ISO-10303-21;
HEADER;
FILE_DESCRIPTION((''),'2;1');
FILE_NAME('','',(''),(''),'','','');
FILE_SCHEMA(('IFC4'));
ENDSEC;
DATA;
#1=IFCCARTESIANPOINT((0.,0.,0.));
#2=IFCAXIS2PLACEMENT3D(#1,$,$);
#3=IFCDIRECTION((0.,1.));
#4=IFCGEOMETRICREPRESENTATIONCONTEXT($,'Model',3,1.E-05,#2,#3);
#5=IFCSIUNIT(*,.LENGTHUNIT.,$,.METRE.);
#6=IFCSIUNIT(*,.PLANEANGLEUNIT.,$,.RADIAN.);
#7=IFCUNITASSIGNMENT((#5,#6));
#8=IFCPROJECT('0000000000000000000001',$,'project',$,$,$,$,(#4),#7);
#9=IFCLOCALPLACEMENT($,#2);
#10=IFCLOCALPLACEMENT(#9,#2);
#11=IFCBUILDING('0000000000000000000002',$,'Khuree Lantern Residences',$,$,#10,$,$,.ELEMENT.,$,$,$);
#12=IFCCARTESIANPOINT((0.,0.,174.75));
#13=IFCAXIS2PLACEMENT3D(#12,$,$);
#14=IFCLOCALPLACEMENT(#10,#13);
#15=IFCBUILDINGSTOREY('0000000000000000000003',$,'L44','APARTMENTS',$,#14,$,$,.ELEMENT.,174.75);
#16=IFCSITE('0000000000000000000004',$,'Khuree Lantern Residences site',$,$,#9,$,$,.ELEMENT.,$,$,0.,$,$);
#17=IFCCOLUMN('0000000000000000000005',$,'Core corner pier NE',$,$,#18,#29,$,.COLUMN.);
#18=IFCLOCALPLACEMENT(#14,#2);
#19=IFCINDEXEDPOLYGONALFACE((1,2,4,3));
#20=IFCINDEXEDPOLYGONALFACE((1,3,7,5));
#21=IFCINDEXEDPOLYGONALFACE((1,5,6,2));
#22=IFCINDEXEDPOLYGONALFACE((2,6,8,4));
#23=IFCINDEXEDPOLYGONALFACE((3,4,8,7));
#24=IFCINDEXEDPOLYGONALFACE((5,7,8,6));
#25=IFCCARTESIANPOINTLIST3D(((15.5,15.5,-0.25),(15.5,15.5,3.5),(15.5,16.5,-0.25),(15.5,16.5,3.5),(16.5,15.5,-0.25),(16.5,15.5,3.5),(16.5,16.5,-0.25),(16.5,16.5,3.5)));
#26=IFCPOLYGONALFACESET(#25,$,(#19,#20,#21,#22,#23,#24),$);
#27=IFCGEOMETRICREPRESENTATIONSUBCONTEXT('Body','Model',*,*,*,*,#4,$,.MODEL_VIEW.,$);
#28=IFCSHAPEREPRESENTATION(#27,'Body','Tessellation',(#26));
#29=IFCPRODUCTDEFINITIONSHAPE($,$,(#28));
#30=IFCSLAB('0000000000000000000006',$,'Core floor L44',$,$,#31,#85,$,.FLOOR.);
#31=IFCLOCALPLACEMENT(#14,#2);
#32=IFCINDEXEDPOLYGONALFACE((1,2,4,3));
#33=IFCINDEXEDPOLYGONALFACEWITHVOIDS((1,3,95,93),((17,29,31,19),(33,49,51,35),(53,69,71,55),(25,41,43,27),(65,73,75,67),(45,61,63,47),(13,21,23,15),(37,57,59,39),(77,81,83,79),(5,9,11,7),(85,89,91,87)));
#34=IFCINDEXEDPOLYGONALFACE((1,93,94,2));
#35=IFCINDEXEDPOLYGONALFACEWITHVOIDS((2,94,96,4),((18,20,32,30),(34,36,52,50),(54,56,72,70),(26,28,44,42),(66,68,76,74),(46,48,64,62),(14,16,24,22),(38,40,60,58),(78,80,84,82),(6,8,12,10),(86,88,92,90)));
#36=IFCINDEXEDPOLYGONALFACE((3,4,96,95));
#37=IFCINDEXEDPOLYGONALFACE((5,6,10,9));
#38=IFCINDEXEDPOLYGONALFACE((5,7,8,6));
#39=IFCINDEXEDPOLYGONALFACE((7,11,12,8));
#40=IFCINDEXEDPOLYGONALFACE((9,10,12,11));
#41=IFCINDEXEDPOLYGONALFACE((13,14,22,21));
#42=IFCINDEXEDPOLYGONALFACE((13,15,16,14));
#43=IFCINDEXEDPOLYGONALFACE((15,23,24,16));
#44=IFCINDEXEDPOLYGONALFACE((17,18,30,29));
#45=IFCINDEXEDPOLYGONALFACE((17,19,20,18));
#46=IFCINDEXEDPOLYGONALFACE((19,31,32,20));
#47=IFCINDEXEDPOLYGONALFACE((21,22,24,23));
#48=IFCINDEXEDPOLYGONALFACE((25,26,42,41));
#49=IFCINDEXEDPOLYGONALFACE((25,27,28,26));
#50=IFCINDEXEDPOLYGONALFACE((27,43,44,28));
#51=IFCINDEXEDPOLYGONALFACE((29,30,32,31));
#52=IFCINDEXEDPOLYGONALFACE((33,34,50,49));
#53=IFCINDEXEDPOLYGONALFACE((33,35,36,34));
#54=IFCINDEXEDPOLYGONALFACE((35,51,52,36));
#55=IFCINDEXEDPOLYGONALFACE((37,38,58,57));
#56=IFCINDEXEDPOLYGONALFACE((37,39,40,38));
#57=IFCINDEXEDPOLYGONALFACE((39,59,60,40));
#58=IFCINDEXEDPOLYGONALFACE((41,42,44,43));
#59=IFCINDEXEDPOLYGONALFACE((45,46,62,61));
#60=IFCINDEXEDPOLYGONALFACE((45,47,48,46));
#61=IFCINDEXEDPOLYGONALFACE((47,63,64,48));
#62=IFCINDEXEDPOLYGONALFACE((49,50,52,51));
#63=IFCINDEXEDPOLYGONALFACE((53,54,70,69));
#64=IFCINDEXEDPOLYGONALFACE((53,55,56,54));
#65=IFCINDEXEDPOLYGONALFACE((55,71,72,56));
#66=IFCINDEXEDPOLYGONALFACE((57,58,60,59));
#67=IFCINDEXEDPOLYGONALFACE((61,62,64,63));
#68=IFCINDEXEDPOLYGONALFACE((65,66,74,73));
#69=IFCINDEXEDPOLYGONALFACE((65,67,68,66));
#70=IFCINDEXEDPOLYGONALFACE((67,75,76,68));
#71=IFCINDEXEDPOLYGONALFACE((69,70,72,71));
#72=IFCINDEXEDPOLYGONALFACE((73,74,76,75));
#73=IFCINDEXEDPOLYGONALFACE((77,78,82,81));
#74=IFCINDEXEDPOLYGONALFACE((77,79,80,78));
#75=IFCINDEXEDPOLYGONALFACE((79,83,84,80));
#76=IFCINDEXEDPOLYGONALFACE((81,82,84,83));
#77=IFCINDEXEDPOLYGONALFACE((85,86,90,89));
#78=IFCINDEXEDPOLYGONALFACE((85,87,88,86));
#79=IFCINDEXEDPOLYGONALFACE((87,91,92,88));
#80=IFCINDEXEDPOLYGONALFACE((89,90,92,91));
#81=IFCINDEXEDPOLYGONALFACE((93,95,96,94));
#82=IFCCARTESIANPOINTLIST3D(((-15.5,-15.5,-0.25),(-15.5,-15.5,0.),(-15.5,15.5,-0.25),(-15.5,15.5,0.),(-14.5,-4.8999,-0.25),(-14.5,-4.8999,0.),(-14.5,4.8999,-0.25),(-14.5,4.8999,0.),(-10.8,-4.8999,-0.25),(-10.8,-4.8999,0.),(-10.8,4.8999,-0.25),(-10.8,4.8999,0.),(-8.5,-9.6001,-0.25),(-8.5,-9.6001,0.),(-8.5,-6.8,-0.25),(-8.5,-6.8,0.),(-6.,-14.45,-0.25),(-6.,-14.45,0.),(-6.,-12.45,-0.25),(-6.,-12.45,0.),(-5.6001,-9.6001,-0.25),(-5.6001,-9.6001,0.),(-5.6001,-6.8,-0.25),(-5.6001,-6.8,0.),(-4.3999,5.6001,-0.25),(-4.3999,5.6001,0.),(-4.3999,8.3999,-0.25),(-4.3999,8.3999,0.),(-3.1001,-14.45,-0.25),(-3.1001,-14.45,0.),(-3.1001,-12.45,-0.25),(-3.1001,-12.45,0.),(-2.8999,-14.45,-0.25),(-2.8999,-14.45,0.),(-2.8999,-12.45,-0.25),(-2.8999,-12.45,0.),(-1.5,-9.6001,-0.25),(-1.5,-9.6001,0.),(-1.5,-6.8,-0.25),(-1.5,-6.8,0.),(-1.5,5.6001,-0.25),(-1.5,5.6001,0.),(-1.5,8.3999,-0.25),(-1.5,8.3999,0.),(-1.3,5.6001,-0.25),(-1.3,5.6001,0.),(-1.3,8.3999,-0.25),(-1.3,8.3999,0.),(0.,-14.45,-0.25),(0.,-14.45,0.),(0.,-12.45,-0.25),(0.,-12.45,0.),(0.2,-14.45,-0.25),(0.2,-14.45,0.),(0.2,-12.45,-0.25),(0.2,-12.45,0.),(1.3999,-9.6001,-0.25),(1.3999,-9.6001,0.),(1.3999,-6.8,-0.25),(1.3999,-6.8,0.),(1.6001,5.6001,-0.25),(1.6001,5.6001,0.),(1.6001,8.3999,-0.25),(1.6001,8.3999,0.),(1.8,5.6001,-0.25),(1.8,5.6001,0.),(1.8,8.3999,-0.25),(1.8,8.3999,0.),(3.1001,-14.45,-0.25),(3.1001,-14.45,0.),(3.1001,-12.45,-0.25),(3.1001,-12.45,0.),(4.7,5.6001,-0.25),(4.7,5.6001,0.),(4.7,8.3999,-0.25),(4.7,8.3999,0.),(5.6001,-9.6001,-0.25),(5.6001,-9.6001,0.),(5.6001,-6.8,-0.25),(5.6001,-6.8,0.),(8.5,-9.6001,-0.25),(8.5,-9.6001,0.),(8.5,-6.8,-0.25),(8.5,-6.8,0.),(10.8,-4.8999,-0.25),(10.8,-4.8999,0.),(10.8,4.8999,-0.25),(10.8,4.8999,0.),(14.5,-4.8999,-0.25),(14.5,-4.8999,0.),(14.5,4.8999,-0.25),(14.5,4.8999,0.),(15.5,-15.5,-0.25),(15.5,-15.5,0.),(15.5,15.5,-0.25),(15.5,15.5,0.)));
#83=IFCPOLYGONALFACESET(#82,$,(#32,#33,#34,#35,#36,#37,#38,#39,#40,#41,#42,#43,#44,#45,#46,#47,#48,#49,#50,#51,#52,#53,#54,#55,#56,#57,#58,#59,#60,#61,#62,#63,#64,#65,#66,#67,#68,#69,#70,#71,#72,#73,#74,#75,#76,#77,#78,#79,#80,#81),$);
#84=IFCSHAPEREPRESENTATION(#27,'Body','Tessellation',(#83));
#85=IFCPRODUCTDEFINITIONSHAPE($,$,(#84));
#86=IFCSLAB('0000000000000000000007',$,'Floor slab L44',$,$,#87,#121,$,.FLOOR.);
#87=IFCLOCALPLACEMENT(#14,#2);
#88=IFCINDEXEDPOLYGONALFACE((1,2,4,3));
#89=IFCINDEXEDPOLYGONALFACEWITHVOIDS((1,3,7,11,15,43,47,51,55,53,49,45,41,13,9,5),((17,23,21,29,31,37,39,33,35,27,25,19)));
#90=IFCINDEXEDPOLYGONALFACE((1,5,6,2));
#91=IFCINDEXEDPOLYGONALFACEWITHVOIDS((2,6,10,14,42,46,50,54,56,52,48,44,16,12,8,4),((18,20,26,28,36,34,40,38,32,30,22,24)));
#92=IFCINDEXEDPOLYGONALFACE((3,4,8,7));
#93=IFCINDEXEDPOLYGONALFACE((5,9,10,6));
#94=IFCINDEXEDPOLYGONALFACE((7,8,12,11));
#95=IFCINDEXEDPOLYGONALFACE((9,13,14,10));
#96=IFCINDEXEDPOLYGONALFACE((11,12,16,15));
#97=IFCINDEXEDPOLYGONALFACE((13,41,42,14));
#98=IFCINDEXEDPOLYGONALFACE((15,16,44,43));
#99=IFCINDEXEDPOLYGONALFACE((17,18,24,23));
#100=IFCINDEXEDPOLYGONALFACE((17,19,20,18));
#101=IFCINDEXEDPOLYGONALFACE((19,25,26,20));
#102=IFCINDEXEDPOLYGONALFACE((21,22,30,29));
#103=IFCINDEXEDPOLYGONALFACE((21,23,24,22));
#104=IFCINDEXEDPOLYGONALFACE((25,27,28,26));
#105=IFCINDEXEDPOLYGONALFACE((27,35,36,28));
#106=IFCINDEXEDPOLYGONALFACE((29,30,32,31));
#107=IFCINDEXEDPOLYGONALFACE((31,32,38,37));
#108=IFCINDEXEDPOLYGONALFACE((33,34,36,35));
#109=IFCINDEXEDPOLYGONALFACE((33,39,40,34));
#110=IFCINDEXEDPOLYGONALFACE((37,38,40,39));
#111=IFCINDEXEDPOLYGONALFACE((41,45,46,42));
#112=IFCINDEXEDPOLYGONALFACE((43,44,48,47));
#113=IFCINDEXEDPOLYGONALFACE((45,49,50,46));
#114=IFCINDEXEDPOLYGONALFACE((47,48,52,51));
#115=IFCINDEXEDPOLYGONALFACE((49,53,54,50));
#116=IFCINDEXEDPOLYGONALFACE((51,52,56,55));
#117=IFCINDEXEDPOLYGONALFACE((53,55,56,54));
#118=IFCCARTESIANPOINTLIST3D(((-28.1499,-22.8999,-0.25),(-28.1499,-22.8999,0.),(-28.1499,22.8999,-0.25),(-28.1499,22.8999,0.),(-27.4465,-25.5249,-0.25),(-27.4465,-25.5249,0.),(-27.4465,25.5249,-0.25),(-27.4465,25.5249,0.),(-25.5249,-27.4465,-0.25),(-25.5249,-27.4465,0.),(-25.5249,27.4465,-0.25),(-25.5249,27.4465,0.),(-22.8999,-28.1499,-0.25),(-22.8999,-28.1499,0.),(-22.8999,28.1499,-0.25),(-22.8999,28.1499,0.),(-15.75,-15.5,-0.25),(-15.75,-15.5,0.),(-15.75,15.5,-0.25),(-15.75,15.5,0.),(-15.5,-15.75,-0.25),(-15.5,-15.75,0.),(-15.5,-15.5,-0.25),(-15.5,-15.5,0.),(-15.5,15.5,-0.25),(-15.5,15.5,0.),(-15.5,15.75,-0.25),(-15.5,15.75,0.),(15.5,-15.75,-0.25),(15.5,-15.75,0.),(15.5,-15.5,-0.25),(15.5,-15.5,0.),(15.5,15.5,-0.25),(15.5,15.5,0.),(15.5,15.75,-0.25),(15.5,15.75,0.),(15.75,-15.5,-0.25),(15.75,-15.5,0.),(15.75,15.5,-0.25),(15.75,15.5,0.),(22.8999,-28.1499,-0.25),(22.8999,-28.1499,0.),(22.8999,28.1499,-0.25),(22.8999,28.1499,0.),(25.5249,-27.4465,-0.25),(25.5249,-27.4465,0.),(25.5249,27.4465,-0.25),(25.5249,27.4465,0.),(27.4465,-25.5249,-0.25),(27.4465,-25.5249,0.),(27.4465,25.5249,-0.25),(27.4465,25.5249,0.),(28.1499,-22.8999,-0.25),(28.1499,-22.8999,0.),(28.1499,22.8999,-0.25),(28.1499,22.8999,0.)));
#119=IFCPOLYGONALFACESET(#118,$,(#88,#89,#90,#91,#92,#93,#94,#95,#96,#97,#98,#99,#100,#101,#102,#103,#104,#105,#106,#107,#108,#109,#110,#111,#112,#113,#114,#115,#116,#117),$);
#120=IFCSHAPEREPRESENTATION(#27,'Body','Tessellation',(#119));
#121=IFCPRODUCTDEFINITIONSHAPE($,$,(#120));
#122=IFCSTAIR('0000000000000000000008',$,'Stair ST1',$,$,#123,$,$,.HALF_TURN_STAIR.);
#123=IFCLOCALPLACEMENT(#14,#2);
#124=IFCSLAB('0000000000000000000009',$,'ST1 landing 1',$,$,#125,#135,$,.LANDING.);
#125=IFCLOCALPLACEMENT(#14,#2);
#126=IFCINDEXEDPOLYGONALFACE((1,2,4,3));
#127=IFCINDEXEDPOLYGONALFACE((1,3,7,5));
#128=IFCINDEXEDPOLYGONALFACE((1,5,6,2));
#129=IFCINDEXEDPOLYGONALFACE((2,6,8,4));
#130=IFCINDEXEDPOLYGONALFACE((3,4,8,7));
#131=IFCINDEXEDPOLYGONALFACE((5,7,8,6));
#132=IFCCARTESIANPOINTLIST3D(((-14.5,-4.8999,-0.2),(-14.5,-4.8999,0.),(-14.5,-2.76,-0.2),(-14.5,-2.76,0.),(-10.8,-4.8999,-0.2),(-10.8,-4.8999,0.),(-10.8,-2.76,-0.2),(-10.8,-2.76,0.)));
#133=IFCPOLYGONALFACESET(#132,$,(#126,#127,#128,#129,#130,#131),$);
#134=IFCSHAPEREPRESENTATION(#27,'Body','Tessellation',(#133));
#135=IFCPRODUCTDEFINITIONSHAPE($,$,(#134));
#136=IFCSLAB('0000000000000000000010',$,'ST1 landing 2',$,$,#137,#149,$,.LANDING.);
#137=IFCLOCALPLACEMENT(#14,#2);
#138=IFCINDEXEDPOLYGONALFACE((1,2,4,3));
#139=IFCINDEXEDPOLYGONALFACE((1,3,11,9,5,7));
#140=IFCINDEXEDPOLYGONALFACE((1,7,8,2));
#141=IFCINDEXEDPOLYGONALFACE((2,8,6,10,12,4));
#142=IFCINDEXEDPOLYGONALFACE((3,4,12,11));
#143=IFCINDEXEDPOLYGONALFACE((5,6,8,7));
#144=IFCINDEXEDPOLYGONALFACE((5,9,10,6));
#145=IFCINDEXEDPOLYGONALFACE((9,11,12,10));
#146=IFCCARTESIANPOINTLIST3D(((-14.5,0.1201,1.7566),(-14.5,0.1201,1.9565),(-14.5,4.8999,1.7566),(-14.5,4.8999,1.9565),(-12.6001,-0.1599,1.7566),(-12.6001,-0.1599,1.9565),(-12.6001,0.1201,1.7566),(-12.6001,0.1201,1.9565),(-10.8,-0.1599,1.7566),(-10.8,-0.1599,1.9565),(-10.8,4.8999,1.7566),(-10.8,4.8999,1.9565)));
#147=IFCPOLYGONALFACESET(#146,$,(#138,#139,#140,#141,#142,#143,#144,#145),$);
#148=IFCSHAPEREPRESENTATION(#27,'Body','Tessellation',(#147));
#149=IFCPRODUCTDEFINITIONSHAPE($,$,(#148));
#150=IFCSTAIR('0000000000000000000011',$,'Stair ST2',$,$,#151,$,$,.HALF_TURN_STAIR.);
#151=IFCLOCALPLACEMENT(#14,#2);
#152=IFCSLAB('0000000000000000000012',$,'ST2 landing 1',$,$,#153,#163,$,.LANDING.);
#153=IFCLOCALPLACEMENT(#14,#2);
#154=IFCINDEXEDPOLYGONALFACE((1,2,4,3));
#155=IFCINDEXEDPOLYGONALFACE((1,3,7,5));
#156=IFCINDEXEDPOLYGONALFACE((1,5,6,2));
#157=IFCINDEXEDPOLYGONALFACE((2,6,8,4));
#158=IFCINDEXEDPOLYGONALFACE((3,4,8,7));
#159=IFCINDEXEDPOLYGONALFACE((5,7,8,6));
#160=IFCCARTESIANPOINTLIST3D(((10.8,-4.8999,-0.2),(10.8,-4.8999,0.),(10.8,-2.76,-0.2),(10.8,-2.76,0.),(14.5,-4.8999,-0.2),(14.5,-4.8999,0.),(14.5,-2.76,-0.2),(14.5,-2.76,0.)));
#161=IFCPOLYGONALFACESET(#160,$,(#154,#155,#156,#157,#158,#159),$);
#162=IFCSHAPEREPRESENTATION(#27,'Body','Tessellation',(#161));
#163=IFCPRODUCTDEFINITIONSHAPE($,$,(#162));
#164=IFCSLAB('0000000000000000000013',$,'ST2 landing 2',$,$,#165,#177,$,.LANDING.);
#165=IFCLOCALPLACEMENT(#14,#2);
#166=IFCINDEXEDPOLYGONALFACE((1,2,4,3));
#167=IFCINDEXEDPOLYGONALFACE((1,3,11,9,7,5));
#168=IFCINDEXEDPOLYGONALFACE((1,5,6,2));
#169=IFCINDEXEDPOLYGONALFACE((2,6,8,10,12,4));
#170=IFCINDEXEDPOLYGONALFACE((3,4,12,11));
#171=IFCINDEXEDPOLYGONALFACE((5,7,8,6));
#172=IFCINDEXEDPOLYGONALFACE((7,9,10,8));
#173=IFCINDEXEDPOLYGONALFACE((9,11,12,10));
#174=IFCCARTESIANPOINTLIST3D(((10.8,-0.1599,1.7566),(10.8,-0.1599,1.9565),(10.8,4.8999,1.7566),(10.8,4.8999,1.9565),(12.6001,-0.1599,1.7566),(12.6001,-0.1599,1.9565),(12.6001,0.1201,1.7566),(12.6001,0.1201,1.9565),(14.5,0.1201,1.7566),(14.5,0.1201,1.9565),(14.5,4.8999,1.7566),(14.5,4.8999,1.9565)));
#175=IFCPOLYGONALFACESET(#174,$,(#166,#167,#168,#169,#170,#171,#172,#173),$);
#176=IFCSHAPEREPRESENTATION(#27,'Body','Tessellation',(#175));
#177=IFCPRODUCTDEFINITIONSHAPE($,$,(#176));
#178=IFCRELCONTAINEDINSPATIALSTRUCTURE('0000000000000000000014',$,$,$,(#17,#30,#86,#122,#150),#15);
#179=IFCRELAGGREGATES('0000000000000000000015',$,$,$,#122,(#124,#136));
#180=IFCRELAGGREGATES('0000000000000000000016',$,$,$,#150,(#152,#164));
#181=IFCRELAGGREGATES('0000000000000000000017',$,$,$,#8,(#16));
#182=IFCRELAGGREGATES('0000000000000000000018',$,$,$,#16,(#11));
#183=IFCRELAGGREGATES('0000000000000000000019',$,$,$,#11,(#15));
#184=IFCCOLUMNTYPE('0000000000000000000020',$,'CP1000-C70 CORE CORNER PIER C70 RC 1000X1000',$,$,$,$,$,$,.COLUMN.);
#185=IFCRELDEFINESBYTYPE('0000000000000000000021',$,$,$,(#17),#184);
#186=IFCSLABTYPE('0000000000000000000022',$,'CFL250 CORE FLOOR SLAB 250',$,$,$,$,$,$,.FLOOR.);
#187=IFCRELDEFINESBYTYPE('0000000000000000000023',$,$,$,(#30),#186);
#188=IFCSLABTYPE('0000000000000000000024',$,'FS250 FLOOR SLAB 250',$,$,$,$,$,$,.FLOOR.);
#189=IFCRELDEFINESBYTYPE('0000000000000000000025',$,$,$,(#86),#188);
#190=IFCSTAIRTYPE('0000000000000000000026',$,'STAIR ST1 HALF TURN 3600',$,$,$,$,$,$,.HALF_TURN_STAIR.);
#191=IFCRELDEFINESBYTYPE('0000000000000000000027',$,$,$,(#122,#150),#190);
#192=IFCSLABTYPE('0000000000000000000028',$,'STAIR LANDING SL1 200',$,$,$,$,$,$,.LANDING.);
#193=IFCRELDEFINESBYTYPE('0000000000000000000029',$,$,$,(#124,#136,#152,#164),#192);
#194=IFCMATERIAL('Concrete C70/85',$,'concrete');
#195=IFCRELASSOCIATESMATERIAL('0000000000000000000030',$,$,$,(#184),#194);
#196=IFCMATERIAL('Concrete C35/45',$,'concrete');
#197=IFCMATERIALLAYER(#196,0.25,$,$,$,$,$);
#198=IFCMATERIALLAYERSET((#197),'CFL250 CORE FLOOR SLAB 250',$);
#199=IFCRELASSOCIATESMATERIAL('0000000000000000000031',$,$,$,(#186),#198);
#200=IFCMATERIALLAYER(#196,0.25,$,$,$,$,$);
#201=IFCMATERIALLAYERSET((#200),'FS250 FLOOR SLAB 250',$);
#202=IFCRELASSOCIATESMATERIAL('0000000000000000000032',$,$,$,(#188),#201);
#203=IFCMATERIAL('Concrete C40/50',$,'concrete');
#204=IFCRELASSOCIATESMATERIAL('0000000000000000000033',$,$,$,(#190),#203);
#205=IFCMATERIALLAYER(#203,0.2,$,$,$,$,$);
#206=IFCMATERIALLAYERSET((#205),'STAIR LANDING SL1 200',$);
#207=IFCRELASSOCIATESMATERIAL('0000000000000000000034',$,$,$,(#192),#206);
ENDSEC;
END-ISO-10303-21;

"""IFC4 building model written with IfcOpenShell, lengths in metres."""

from ifc_helpers import new_model, si_unit, direction, frame, origin, origin_2d, place, context, subcontext, project, spatial, polyline, rectangle, outline, extrude, material, layer, layer_set, material_profile, profile_set, type_object, element, aggregate, save


model = new_model("IFC4")

# Units and contexts
model_context = context("Model", 3, precision=1e-05, world=origin(), true_north=direction((0.0, 1.0)))
body_context = subcontext(model_context, "Body", "Model", "MODEL_VIEW")
ifc_project = project(units=[si_unit("LENGTHUNIT", "METRE"), si_unit("PLANEANGLEUNIT", "RADIAN")], contexts=[model_context])

# Site, building, storey
site_placement = place(None, origin())
site = spatial("IfcSite", under=ifc_project, at=site_placement, Name="Khuree Lantern Residences site", CompositionType="ELEMENT", RefElevation=0.0)
building_placement = place(site_placement, origin())
building = spatial("IfcBuilding", under=site, at=building_placement, Name="Khuree Lantern Residences", CompositionType="ELEMENT")
storey_placement = place(building_placement, frame((0.0, 0.0, 174.75)))
storey = spatial("IfcBuildingStorey", under=building, at=storey_placement, Name="L44", Description="APARTMENTS", CompositionType="ELEMENT", Elevation=174.75)

# Column
ifc_material_1 = material(Name="Concrete C70/85", Category="concrete")
ifc_material_profile = material_profile(ifc_material_1, rectangle(XDim=1.0, YDim=1.0, at=origin_2d()), Name="RC 1000X1000")
ifc_profile_set = profile_set([ifc_material_profile], Name="Concrete C70/85")
column_type = type_object("IfcColumnType", Name="CP1000-C70 CORE CORNER PIER C70 RC 1000X1000", PredefinedType="COLUMN", material=ifc_profile_set)
column_placement = place(storey_placement, frame((16.0, 16.0, -0.25), z_axis=(0.0, 0.0, 1.0), x_axis=(1.0, 0.0, 0.0)))
element("IfcColumn", 1, at=column_placement, inside=storey, type_object=column_type, Name="Core corner pier NE", PredefinedType="COLUMN", context=body_context, shape_type="SweptSolid", body=[
    extrude(rectangle(XDim=1.0, YDim=1.0, at=origin_2d()), origin(), (0.0, 0.0, 1.0), 3.75),
])

# Slabs
ifc_material_2 = material(Name="Concrete C35/45", Category="concrete")
ifc_layer_1 = layer(ifc_material_2, 0.25)
ifc_layer_set_1 = layer_set([ifc_layer_1], Name="CFL250 CORE FLOOR SLAB 250")
slab_type_1 = type_object("IfcSlabType", Name="CFL250 CORE FLOOR SLAB 250", PredefinedType="FLOOR", material=ifc_layer_set_1)
slab_1_placement = place(storey_placement, frame((0.0, 0.0, -0.25)))
element("IfcSlab", 2, at=slab_1_placement, inside=storey, type_object=slab_type_1, Name="Core floor L44", PredefinedType="FLOOR", context=body_context, shape_type="SweptSolid", body=[
    extrude(outline(polyline([(-15.5, -15.5), (-15.5, 15.5), (15.5, 15.5), (15.5, -15.5), (-15.5, -15.5)]), holes=[polyline([(10.8, 4.8999), (10.8, -4.8999), (14.5, -4.8999), (14.5, 4.8999), (10.8, 4.8999)]), polyline([(8.5, -6.8), (5.6001, -6.8), (5.6001, -9.6001), (8.5, -9.6001), (8.5, -6.8)]), polyline([(4.7, 8.3999), (1.8, 8.3999), (1.8, 5.6001), (4.7, 5.6001), (4.7, 8.3999)]), polyline([(3.1001, -12.45), (0.2, -12.45), (0.2, -14.45), (3.1001, -14.45), (3.1001, -12.45)]), polyline([(1.6001, 8.3999), (-1.3, 8.3999), (-1.3, 5.6001), (1.6001, 5.6001), (1.6001, 8.3999)]), polyline([(1.3999, -6.8), (-1.5, -6.8), (-1.5, -9.6001), (1.3999, -9.6001), (1.3999, -6.8)]), polyline([(-2.8999, -12.45), (-2.8999, -14.45), (0.0, -14.45), (0.0, -12.45), (-2.8999, -12.45)]), polyline([(-4.3999, 8.3999), (-4.3999, 5.6001), (-1.5, 5.6001), (-1.5, 8.3999), (-4.3999, 8.3999)]), polyline([(-6.0, -12.45), (-6.0, -14.45), (-3.1001, -14.45), (-3.1001, -12.45), (-6.0, -12.45)]), polyline([(-8.5, -6.8), (-8.5, -9.6001), (-5.6001, -9.6001), (-5.6001, -6.8), (-8.5, -6.8)]), polyline([(-10.8, 4.8999), (-14.5, 4.8999), (-14.5, -4.8999), (-10.8, -4.8999), (-10.8, 4.8999)])]), origin(), (0.0, 0.0, 1.0), 0.25),
])
ifc_layer_2 = layer(ifc_material_2, 0.25)
ifc_layer_set_2 = layer_set([ifc_layer_2], Name="FS250 FLOOR SLAB 250")
slab_type_2 = type_object("IfcSlabType", Name="FS250 FLOOR SLAB 250", PredefinedType="FLOOR", material=ifc_layer_set_2)
slab_2_placement = place(storey_placement, frame((0.0, 0.0, -0.25)))
element("IfcSlab", 3, at=slab_2_placement, inside=storey, type_object=slab_type_2, Name="Floor slab L44", PredefinedType="FLOOR", context=body_context, shape_type="SweptSolid", body=[
    extrude(outline(polyline([(-25.5249, -27.4465), (-27.4465, -25.5249), (-28.1499, -22.8999), (-28.1499, 22.8999), (-27.4465, 25.5249), (-25.5249, 27.4465), (-22.8999, 28.1499), (22.8999, 28.1499), (25.5249, 27.4465), (27.4465, 25.5249), (28.1499, 22.8999), (28.1499, -22.8999), (27.4465, -25.5249), (25.5249, -27.4465), (22.8999, -28.1499), (-22.8999, -28.1499), (-25.5249, -27.4465)]), holes=[polyline([(15.75, 15.5), (15.5, 15.5), (15.5, 15.75), (-15.5, 15.75), (-15.5, 15.5), (-15.75, 15.5), (-15.75, -15.5), (-15.5, -15.5), (-15.5, -15.75), (15.5, -15.75), (15.5, -15.5), (15.75, -15.5), (15.75, 15.5)])]), origin(), (0.0, 0.0, 1.0), 0.25),
])

# Stairs, slabs
ifc_material_3 = material(Name="Concrete C40/50", Category="concrete")
stair_type = type_object("IfcStairType", Name="STAIR ST1 HALF TURN 3600", PredefinedType="HALF_TURN_STAIR", material=ifc_material_3)
stair_1_placement = place(storey_placement, origin())
stair_1 = element("IfcStair", 4, at=stair_1_placement, inside=storey, type_object=stair_type, Name="Stair ST1", PredefinedType="HALF_TURN_STAIR")
ifc_layer_3 = layer(ifc_material_3, 0.2)
ifc_layer_set_3 = layer_set([ifc_layer_3], Name="STAIR LANDING SL1 200")
slab_type_3 = type_object("IfcSlabType", Name="STAIR LANDING SL1 200", PredefinedType="LANDING", material=ifc_layer_set_3)
slab_3_placement = place(storey_placement, frame((0.0, 0.0, -0.2)))
slab_3 = element("IfcSlab", 5, at=slab_3_placement, type_object=slab_type_3, Name="ST1 landing 1", PredefinedType="LANDING", context=body_context, shape_type="SweptSolid", body=[
    extrude(outline(polyline([(-14.5, -4.8999), (-10.8, -4.8999), (-10.8, -2.76), (-14.5, -2.76), (-14.5, -4.8999)])), origin(), (0.0, 0.0, 1.0), 0.2),
])
slab_4_placement = place(storey_placement, frame((0.0, 0.0, 1.7566)))
slab_4 = element("IfcSlab", 6, at=slab_4_placement, type_object=slab_type_3, Name="ST1 landing 2", PredefinedType="LANDING", context=body_context, shape_type="SweptSolid", body=[
    extrude(outline(polyline([(-14.5, 0.1201), (-14.5, 4.8999), (-10.8, 4.8999), (-10.8, -0.1599), (-12.6001, -0.1599), (-12.6001, 0.1201), (-14.5, 0.1201)])), origin(), (0.0, 0.0, 1.0), 0.2),
])
aggregate(stair_1, [slab_3, slab_4])
stair_2_placement = place(storey_placement, origin())
stair_2 = element("IfcStair", 7, at=stair_2_placement, inside=storey, type_object=stair_type, Name="Stair ST2", PredefinedType="HALF_TURN_STAIR")
slab_5_placement = place(storey_placement, frame((0.0, 0.0, -0.2)))
slab_5 = element("IfcSlab", 8, at=slab_5_placement, type_object=slab_type_3, Name="ST2 landing 1", PredefinedType="LANDING", context=body_context, shape_type="SweptSolid", body=[
    extrude(outline(polyline([(10.8, -4.8999), (14.5, -4.8999), (14.5, -2.76), (10.8, -2.76), (10.8, -4.8999)])), origin(), (0.0, 0.0, 1.0), 0.2),
])
slab_6_placement = place(storey_placement, frame((0.0, 0.0, 1.7566)))
slab_6 = element("IfcSlab", 9, at=slab_6_placement, type_object=slab_type_3, Name="ST2 landing 2", PredefinedType="LANDING", context=body_context, shape_type="SweptSolid", body=[
    extrude(outline(polyline([(14.5, 4.8999), (14.5, 0.1201), (12.6001, 0.1201), (12.6001, -0.1599), (10.8, -0.1599), (10.8, 4.8999), (14.5, 4.8999)])), origin(), (0.0, 0.0, 1.0), 0.2),
])

aggregate(stair_2, [slab_5, slab_6])

save(model, "model.ifc")
